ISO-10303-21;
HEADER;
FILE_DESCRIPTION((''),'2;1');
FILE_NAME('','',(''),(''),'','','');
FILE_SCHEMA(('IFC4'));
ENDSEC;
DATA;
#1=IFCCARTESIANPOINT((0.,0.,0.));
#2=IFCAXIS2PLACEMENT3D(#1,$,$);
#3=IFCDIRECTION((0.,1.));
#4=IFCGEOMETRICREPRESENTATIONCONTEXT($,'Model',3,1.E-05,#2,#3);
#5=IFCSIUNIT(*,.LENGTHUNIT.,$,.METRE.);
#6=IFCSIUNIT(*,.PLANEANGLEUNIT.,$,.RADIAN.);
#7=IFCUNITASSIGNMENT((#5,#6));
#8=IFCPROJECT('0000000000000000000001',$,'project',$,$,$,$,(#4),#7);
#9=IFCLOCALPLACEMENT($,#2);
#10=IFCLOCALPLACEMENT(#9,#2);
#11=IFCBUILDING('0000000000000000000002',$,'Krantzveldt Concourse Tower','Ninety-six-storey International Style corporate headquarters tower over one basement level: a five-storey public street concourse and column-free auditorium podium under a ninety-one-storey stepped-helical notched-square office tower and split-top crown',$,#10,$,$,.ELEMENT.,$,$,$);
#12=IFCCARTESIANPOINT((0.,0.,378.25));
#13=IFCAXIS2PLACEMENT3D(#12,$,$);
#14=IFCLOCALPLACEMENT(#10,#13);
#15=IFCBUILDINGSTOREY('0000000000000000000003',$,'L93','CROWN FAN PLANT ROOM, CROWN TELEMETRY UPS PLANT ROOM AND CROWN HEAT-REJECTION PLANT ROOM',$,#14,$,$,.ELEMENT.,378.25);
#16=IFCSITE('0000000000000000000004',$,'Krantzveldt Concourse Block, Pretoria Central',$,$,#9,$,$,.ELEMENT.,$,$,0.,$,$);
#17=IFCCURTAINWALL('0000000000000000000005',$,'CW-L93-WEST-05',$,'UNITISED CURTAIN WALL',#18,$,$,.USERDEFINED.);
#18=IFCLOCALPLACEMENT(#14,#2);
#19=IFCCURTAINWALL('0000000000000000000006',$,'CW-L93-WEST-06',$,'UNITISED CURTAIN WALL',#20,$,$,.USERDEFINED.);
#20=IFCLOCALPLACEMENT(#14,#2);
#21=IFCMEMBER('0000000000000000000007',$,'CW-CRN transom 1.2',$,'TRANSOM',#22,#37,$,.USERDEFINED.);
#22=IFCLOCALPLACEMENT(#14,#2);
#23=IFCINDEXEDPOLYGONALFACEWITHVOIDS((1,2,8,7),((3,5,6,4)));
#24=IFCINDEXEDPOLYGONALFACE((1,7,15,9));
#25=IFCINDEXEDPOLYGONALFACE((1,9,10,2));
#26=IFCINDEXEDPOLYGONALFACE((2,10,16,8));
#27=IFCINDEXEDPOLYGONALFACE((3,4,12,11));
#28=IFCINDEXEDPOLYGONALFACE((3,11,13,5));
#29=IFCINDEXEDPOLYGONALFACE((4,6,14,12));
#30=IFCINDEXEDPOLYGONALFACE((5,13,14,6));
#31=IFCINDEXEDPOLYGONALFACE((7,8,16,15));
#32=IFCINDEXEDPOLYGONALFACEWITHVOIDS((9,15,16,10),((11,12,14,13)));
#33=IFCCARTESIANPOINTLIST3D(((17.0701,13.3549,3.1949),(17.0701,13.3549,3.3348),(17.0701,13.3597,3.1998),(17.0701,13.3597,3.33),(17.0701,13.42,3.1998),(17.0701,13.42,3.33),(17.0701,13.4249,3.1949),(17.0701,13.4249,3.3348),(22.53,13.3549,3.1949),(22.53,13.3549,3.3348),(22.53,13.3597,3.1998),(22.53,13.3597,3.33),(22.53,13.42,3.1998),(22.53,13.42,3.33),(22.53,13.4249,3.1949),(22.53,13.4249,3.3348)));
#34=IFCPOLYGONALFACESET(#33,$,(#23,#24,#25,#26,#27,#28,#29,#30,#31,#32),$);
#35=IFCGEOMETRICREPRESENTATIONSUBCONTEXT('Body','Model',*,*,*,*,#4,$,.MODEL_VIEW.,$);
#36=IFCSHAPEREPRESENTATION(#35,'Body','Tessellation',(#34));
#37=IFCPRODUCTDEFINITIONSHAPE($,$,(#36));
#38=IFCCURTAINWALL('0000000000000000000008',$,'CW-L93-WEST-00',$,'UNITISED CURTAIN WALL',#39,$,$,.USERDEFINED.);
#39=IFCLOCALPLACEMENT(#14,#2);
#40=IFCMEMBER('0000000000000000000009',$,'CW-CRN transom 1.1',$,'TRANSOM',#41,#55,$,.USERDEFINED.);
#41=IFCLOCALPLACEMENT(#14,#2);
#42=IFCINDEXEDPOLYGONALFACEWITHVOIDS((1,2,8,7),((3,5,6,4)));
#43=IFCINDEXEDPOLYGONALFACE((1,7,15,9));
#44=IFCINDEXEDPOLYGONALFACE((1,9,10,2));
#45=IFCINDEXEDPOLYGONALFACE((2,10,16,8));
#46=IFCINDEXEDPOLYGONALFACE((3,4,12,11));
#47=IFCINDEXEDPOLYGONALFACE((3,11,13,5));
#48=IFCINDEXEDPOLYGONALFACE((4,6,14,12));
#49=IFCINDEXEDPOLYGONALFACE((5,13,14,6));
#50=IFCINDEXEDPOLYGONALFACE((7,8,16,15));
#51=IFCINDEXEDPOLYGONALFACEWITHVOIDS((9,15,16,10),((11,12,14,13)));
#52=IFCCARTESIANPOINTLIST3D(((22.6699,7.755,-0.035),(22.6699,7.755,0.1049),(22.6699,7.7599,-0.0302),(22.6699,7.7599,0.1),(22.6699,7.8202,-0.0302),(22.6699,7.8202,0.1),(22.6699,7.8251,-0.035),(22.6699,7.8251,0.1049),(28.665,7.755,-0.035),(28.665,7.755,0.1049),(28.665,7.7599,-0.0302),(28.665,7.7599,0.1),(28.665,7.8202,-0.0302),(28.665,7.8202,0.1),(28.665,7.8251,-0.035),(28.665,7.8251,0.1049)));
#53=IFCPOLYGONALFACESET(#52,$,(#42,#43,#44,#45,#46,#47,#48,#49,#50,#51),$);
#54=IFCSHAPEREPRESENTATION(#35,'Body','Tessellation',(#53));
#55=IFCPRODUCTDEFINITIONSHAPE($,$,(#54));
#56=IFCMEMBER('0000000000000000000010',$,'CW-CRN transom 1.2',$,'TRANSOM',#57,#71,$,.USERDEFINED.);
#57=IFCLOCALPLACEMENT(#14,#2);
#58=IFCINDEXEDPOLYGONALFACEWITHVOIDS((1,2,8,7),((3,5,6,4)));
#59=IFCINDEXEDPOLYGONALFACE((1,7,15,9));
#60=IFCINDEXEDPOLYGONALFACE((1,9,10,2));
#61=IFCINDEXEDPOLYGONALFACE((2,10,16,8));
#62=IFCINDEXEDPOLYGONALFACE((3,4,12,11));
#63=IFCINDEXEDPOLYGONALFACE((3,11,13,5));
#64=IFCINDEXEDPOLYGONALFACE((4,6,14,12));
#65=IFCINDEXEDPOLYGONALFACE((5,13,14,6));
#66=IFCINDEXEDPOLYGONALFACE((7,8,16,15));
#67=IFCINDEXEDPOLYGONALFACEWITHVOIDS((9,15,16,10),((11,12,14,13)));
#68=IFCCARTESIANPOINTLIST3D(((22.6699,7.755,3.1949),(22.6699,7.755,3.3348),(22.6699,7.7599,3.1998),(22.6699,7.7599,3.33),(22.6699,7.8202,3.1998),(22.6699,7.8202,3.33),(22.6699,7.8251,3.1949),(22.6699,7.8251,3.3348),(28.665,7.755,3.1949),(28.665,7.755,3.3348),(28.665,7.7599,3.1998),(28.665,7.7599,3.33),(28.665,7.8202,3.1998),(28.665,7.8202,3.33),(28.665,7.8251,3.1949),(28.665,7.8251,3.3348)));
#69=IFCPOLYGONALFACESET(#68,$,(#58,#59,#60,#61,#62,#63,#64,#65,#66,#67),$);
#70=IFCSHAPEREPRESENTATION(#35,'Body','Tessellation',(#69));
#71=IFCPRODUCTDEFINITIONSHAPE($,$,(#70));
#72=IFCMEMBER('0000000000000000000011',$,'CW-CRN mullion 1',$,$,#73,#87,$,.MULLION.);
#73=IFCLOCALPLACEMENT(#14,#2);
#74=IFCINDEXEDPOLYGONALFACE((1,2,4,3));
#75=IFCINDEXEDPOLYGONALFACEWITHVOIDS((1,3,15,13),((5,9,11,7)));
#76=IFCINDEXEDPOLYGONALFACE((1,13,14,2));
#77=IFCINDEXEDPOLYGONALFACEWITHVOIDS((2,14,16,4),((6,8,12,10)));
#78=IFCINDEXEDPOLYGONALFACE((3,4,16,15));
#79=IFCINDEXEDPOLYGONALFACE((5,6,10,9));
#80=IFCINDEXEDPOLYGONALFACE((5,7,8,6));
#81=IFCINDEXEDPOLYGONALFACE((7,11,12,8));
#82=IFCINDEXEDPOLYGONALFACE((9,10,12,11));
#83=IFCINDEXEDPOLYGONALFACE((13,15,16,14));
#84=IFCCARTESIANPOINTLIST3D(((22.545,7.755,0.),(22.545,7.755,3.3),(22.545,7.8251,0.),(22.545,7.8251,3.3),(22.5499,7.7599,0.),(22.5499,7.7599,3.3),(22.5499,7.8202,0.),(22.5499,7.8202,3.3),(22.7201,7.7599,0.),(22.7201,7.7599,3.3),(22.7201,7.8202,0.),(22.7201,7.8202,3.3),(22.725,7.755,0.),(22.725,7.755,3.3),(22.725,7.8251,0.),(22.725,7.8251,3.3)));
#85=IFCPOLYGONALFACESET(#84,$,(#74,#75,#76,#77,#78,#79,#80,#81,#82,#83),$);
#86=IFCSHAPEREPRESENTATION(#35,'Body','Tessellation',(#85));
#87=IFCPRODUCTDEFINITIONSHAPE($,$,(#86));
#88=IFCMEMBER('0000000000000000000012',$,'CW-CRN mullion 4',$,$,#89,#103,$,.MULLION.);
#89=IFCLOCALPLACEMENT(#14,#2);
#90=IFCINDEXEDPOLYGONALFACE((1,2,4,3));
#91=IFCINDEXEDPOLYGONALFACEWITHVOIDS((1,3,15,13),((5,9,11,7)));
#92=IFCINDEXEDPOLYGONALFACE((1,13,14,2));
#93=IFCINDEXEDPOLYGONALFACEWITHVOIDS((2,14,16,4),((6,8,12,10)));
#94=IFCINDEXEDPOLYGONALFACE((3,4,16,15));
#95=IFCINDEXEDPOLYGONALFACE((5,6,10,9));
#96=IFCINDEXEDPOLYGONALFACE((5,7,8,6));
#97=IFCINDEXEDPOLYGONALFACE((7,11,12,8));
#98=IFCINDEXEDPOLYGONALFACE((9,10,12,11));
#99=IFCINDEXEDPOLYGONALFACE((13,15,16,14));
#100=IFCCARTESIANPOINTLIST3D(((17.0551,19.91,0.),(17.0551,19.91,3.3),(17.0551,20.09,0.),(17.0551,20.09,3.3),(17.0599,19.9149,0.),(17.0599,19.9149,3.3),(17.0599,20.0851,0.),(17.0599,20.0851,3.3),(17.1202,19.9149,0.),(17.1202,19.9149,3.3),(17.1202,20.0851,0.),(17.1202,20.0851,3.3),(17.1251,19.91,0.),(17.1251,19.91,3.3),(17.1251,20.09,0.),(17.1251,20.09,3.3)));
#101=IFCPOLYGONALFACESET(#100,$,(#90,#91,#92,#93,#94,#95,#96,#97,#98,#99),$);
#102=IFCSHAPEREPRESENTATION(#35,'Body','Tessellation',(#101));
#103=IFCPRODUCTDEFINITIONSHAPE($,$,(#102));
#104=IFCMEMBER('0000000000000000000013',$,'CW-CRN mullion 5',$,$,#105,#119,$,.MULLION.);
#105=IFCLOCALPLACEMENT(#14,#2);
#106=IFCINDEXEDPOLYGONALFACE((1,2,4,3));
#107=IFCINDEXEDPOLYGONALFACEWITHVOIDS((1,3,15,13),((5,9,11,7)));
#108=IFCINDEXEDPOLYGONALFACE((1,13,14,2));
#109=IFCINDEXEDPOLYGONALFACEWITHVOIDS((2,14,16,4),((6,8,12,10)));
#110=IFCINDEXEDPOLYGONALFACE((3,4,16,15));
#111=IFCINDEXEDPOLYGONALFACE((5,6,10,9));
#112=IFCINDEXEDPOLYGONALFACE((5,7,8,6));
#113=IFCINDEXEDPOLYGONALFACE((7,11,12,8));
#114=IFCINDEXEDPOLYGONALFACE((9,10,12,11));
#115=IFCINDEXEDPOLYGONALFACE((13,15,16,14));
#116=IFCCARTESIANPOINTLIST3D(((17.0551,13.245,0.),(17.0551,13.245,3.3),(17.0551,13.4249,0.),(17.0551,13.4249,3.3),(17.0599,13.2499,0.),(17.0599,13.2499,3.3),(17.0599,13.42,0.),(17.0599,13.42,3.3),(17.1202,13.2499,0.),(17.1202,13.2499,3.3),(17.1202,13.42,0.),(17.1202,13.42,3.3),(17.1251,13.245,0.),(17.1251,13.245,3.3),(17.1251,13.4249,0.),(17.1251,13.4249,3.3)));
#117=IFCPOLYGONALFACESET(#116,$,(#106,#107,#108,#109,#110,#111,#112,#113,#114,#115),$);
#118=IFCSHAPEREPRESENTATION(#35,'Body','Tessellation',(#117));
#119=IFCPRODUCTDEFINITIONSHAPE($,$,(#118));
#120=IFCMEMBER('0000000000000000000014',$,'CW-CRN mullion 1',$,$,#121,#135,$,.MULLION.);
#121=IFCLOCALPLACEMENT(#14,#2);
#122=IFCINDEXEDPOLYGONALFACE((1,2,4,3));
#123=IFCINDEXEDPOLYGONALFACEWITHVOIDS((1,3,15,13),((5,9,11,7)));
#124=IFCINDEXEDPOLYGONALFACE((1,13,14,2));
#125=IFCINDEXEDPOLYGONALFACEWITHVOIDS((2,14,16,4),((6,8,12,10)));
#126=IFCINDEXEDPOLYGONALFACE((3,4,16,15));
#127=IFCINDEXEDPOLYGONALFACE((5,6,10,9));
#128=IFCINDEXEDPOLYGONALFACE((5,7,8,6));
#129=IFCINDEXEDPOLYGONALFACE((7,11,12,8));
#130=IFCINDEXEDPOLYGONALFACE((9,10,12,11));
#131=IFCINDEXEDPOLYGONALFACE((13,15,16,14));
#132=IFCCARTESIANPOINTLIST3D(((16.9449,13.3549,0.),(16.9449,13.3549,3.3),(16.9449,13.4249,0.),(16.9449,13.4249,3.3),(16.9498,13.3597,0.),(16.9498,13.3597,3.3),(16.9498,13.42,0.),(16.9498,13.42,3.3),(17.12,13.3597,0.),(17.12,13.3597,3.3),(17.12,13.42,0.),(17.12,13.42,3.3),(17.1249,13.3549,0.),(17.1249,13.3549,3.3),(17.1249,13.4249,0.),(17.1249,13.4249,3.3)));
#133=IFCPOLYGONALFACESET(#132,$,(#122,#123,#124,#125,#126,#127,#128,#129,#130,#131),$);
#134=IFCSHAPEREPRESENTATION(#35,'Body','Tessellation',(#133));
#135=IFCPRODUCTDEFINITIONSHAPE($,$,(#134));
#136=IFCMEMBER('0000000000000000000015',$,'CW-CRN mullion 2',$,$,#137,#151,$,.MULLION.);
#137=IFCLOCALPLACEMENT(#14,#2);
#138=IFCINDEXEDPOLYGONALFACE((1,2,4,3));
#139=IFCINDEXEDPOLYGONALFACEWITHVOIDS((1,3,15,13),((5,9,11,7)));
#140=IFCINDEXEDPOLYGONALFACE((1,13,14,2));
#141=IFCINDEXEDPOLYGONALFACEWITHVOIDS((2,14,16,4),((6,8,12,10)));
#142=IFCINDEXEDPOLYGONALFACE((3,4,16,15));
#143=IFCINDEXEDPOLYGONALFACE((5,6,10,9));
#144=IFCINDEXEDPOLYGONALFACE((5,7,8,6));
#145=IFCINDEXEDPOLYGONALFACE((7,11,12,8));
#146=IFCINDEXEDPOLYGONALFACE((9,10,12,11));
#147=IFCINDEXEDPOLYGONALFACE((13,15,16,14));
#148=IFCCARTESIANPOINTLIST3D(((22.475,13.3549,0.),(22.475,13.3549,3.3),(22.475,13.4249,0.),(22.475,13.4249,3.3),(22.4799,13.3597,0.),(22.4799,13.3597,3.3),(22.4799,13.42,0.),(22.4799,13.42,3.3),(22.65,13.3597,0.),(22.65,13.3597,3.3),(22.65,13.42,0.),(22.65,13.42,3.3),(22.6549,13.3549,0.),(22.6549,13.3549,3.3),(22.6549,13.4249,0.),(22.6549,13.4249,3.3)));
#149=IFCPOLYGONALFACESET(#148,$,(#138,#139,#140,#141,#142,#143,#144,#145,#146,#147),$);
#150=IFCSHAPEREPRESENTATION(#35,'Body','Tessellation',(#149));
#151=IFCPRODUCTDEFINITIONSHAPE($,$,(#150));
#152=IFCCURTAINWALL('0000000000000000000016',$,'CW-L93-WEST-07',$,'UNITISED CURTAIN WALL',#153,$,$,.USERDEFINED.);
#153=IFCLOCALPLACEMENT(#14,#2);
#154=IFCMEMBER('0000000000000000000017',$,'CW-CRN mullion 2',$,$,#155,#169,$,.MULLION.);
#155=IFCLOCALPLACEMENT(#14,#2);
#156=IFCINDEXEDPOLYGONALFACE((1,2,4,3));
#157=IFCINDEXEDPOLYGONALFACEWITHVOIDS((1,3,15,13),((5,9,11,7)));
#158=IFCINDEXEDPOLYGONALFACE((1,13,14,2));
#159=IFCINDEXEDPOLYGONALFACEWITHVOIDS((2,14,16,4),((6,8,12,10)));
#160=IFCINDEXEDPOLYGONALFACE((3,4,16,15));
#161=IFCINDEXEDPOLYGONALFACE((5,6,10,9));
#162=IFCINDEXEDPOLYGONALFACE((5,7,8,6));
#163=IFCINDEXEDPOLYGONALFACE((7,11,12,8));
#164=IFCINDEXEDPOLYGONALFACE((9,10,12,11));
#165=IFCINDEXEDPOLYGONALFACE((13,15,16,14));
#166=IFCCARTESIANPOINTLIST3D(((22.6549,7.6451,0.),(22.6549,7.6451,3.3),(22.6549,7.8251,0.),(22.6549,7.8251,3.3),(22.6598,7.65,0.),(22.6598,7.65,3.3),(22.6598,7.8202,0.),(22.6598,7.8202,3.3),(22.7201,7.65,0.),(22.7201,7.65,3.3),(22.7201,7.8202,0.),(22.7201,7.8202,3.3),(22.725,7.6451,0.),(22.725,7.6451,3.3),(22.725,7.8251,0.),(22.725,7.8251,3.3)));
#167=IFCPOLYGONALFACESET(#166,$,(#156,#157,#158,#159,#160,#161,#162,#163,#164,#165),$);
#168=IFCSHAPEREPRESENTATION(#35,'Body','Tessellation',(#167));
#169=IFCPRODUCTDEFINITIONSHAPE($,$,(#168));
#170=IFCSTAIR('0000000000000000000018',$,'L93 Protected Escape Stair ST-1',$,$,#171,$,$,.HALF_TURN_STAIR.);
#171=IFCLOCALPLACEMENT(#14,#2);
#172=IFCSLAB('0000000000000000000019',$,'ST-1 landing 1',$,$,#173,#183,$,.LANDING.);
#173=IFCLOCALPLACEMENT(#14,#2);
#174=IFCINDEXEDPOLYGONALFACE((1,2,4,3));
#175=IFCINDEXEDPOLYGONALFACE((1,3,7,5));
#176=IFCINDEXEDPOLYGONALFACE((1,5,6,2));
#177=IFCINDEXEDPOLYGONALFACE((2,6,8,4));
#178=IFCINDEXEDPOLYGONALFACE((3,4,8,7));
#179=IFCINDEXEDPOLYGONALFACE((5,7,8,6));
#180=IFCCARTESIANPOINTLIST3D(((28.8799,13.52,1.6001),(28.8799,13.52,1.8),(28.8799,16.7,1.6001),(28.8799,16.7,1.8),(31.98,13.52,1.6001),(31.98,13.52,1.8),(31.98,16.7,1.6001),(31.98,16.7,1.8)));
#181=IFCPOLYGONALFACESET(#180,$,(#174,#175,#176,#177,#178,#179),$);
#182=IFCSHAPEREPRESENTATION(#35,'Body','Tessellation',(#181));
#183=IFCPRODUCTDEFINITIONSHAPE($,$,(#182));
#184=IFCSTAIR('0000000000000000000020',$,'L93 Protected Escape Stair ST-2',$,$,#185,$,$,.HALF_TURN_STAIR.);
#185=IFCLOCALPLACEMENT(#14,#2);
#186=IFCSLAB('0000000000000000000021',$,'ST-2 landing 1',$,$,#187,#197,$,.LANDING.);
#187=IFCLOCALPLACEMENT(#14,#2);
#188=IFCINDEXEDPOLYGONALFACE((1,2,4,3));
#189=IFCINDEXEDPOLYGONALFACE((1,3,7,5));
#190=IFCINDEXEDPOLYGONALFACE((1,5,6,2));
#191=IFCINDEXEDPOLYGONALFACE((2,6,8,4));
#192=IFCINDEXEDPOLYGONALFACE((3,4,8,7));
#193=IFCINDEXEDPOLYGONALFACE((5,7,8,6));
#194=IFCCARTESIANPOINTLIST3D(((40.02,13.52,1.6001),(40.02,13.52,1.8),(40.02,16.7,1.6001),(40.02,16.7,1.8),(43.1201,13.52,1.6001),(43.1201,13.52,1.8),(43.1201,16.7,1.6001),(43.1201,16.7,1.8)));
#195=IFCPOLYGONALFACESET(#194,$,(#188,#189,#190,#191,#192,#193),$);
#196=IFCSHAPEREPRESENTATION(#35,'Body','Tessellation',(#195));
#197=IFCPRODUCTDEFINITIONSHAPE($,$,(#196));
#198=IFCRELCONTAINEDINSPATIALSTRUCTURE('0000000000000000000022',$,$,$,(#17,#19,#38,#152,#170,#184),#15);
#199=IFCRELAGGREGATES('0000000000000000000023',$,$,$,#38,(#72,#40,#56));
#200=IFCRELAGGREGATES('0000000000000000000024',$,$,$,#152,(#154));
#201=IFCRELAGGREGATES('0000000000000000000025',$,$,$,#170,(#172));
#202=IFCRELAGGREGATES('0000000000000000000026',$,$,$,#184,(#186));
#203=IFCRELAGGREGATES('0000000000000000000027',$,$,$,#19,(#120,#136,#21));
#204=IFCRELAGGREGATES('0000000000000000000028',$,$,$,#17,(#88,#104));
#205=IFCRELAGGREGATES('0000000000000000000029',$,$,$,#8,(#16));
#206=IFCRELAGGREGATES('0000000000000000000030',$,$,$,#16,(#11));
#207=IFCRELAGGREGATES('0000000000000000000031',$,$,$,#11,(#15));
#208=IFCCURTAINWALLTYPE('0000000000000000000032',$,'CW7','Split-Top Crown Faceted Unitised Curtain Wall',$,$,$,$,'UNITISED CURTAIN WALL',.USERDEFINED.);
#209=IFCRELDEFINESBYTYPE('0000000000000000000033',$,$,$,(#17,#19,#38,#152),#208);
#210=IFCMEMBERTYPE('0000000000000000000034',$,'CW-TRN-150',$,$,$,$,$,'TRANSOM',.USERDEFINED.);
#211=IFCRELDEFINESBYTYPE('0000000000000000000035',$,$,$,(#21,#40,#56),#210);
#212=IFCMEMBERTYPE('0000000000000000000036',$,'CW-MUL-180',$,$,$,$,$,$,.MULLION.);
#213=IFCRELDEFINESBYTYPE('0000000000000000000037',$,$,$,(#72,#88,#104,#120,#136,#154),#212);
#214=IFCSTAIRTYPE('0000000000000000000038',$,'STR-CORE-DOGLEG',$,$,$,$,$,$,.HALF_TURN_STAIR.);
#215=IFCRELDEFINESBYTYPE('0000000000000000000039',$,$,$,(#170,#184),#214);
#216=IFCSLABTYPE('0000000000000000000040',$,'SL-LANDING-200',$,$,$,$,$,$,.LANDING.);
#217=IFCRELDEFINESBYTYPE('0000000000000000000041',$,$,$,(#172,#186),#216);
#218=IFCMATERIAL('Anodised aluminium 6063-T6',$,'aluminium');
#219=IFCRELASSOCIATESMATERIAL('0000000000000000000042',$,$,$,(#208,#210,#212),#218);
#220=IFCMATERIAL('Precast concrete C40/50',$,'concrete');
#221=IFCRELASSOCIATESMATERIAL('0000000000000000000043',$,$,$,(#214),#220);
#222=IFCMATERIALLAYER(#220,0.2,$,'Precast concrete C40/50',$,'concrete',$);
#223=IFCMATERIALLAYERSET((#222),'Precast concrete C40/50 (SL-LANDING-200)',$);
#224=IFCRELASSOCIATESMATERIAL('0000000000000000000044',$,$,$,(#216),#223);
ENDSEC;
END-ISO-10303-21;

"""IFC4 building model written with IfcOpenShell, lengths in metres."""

from ifc_helpers import new_model, si_unit, direction, frame, origin, origin_2d, place, context, subcontext, project, spatial, polyline, hollow_rectangle, outline, extrude, source, transform, mapped, material, layer, layer_set, material_profile, profile_set, type_object, type_shapes, element, aggregate, save


model = new_model("IFC4")

# Units and contexts
model_context = context("Model", 3, precision=1e-05, world=origin(), true_north=direction((0.0, 1.0)))
body_context = subcontext(model_context, "Body", "Model", "MODEL_VIEW")
ifc_project = project(units=[si_unit("LENGTHUNIT", "METRE"), si_unit("PLANEANGLEUNIT", "RADIAN")], contexts=[model_context])

# Site, building, storey
site_placement = place(None, origin())
site = spatial("IfcSite", under=ifc_project, at=site_placement, Name="Krantzveldt Concourse Block, Pretoria Central", CompositionType="ELEMENT", RefElevation=0.0)
building_placement = place(site_placement, origin())
building = spatial("IfcBuilding", under=site, at=building_placement, Name="Krantzveldt Concourse Tower", Description="Ninety-six-storey International Style corporate headquarters tower over one basement level: a five-storey public street concourse and column-free auditorium podium under a ninety-one-storey stepped-helical notched-square office tower and split-top crown", CompositionType="ELEMENT")
storey_placement = place(building_placement, frame((0.0, 0.0, 378.25)))
storey = spatial("IfcBuildingStorey", under=building, at=storey_placement, Name="L93", Description="CROWN FAN PLANT ROOM, CROWN TELEMETRY UPS PLANT ROOM AND CROWN HEAT-REJECTION PLANT ROOM", CompositionType="ELEMENT", Elevation=378.25)

# Curtain walls, members
ifc_material_1 = material(Name="Anodised aluminium 6063-T6", Category="aluminium")
curtain_wall_type = type_object("IfcCurtainWallType", Name="CW7", Description="Split-Top Crown Faceted Unitised Curtain Wall", ElementType="UNITISED CURTAIN WALL", PredefinedType="USERDEFINED", material=ifc_material_1)
curtain_wall_1_placement = place(storey_placement, origin())
curtain_wall_1 = element("IfcCurtainWall", 1, at=curtain_wall_1_placement, inside=storey, type_object=curtain_wall_type, Name="CW-L93-WEST-05", ObjectType="UNITISED CURTAIN WALL", PredefinedType="USERDEFINED")
ifc_material_profile_1 = material_profile(ifc_material_1, hollow_rectangle(XDim=0.0701, YDim=0.1399, WallThickness=0.0049, at=origin_2d()), Name="Anodised aluminium 6063-T6", Category="aluminium")
ifc_profile_set_1 = profile_set([ifc_material_profile_1], Name="Anodised aluminium 6063-T6 - ALU-TRAN 140x70x5")
member_type_1 = type_object("IfcMemberType", Name="CW-TRN-150", ElementType="TRANSOM", PredefinedType="USERDEFINED", material=ifc_profile_set_1)
curtain_wall_2_placement = place(storey_placement, origin())
curtain_wall_2 = element("IfcCurtainWall", 2, at=curtain_wall_2_placement, inside=storey, type_object=curtain_wall_type, Name="CW-L93-WEST-06", ObjectType="UNITISED CURTAIN WALL", PredefinedType="USERDEFINED")
shared_shape_1 = source(origin(), body_context, "Body", "SweptSolid", [
    extrude(hollow_rectangle(XDim=0.0701, YDim=0.1399, WallThickness=0.0049, at=origin_2d()), origin(), (0.0, 0.0, 1.0), 5.46),
])
member_1_placement = place(storey_placement, frame((17.0701, 13.3899, 3.2649), z_axis=(1.0, 0.0, 0.0), x_axis=(0.0, 1.0, 0.0)))
member_1 = element("IfcMember", 3, at=member_1_placement, type_object=member_type_1, Name="CW-CRN transom 1.2", ObjectType="TRANSOM", PredefinedType="USERDEFINED", context=body_context, shape_type="MappedRepresentation", body=[
    mapped(shared_shape_1, transform((0.0, 0.0, 0.0), x_axis=(1.0, 0.0, 0.0), y_axis=(0.0, 1.0, 0.0), z_axis=(0.0, 0.0, 1.0), scale=1.0)),
])
curtain_wall_3_placement = place(storey_placement, origin())
curtain_wall_3 = element("IfcCurtainWall", 4, at=curtain_wall_3_placement, inside=storey, type_object=curtain_wall_type, Name="CW-L93-WEST-00", ObjectType="UNITISED CURTAIN WALL", PredefinedType="USERDEFINED")
shared_shape_2 = source(origin(), body_context, "Body", "SweptSolid", [
    extrude(hollow_rectangle(XDim=0.0701, YDim=0.1399, WallThickness=0.0049, at=origin_2d()), origin(), (0.0, 0.0, 1.0), 5.9951),
])
member_2_placement = place(storey_placement, frame((22.6699, 7.79, 0.0349), z_axis=(1.0, 0.0, 0.0), x_axis=(0.0, 1.0, 0.0)))
member_2 = element("IfcMember", 5, at=member_2_placement, type_object=member_type_1, Name="CW-CRN transom 1.1", ObjectType="TRANSOM", PredefinedType="USERDEFINED", context=body_context, shape_type="MappedRepresentation", body=[
    mapped(shared_shape_2, transform((0.0, 0.0, 0.0), x_axis=(1.0, 0.0, 0.0), y_axis=(0.0, 1.0, 0.0), z_axis=(0.0, 0.0, 1.0), scale=1.0)),
])
member_3_placement = place(storey_placement, frame((22.6699, 7.79, 3.2649), z_axis=(1.0, 0.0, 0.0), x_axis=(0.0, 1.0, 0.0)))
member_3 = element("IfcMember", 6, at=member_3_placement, type_object=member_type_1, Name="CW-CRN transom 1.2", ObjectType="TRANSOM", PredefinedType="USERDEFINED", context=body_context, shape_type="MappedRepresentation", body=[
    mapped(shared_shape_2, transform((0.0, 0.0, 0.0), x_axis=(1.0, 0.0, 0.0), y_axis=(0.0, 1.0, 0.0), z_axis=(0.0, 0.0, 1.0), scale=1.0)),
])
ifc_material_profile_2 = material_profile(ifc_material_1, hollow_rectangle(XDim=0.0701, YDim=0.1799, WallThickness=0.0049, at=origin_2d()), Name="Anodised aluminium 6063-T6", Category="aluminium")
ifc_profile_set_2 = profile_set([ifc_material_profile_2], Name="Anodised aluminium 6063-T6 - ALU-MULL 180x70x5")
member_type_2 = type_object("IfcMemberType", Name="CW-MUL-180", PredefinedType="MULLION", material=ifc_profile_set_2)
shared_shape_3 = source(origin(), body_context, "Body", "SweptSolid", [
    extrude(hollow_rectangle(XDim=0.0701, YDim=0.1799, WallThickness=0.0049, at=origin_2d()), origin(), (0.0, 0.0, 1.0), 3.3),
])
type_shapes(member_type_2, [shared_shape_3])
member_4_placement = place(storey_placement, frame((22.635, 7.79, 0.0), z_axis=(0.0, 0.0, 1.0), x_axis=(0.0, 1.0, 0.0)))
member_4 = element("IfcMember", 7, at=member_4_placement, type_object=member_type_2, Name="CW-CRN mullion 1", PredefinedType="MULLION", context=body_context, shape_type="MappedRepresentation", body=[
    mapped(shared_shape_3, transform((0.0, 0.0, 0.0), x_axis=(1.0, 0.0, 0.0), y_axis=(0.0, 1.0, 0.0), z_axis=(0.0, 0.0, 1.0), scale=1.0)),
])
aggregate(curtain_wall_3, [member_4, member_2, member_3])

# Members
member_5_placement = place(storey_placement, frame((17.0901, 20.0, 0.0), z_axis=(0.0, 0.0, 1.0), x_axis=(1.0, 0.0, 0.0)))
member_5 = element("IfcMember", 8, at=member_5_placement, type_object=member_type_2, Name="CW-CRN mullion 4", PredefinedType="MULLION", context=body_context, shape_type="MappedRepresentation", body=[
    mapped(shared_shape_3, transform((0.0, 0.0, 0.0), x_axis=(1.0, 0.0, 0.0), y_axis=(0.0, 1.0, 0.0), z_axis=(0.0, 0.0, 1.0), scale=1.0)),
])
member_6_placement = place(storey_placement, frame((17.0901, 13.335, 0.0), z_axis=(0.0, 0.0, 1.0), x_axis=(1.0, 0.0, 0.0)))
member_6 = element("IfcMember", 9, at=member_6_placement, type_object=member_type_2, Name="CW-CRN mullion 5", PredefinedType="MULLION", context=body_context, shape_type="MappedRepresentation", body=[
    mapped(shared_shape_3, transform((0.0, 0.0, 0.0), x_axis=(1.0, 0.0, 0.0), y_axis=(0.0, 1.0, 0.0), z_axis=(0.0, 0.0, 1.0), scale=1.0)),
])
member_7_placement = place(storey_placement, frame((17.0349, 13.3899, 0.0), z_axis=(0.0, 0.0, 1.0), x_axis=(0.0, 1.0, 0.0)))
member_7 = element("IfcMember", 10, at=member_7_placement, type_object=member_type_2, Name="CW-CRN mullion 1", PredefinedType="MULLION", context=body_context, shape_type="MappedRepresentation", body=[
    mapped(shared_shape_3, transform((0.0, 0.0, 0.0), x_axis=(1.0, 0.0, 0.0), y_axis=(0.0, 1.0, 0.0), z_axis=(0.0, 0.0, 1.0), scale=1.0)),
])
member_8_placement = place(storey_placement, frame((22.5649, 13.3899, 0.0), z_axis=(0.0, 0.0, 1.0), x_axis=(0.0, 1.0, 0.0)))
member_8 = element("IfcMember", 11, at=member_8_placement, type_object=member_type_2, Name="CW-CRN mullion 2", PredefinedType="MULLION", context=body_context, shape_type="MappedRepresentation", body=[
    mapped(shared_shape_3, transform((0.0, 0.0, 0.0), x_axis=(1.0, 0.0, 0.0), y_axis=(0.0, 1.0, 0.0), z_axis=(0.0, 0.0, 1.0), scale=1.0)),
])

# Curtain wall, member
curtain_wall_4_placement = place(storey_placement, origin())
curtain_wall_4 = element("IfcCurtainWall", 12, at=curtain_wall_4_placement, inside=storey, type_object=curtain_wall_type, Name="CW-L93-WEST-07", ObjectType="UNITISED CURTAIN WALL", PredefinedType="USERDEFINED")
member_9_placement = place(storey_placement, frame((22.6899, 7.7351, 0.0), z_axis=(0.0, 0.0, 1.0), x_axis=(1.0, 0.0, 0.0)))
member_9 = element("IfcMember", 13, at=member_9_placement, type_object=member_type_2, Name="CW-CRN mullion 2", PredefinedType="MULLION", context=body_context, shape_type="MappedRepresentation", body=[
    mapped(shared_shape_3, transform((0.0, 0.0, 0.0), x_axis=(1.0, 0.0, 0.0), y_axis=(0.0, 1.0, 0.0), z_axis=(0.0, 0.0, 1.0), scale=1.0)),
])
aggregate(curtain_wall_4, [member_9])

# Stairs, slabs
ifc_material_2 = material(Name="Precast concrete C40/50", Category="concrete")
stair_type = type_object("IfcStairType", Name="STR-CORE-DOGLEG", PredefinedType="HALF_TURN_STAIR", material=ifc_material_2)
stair_1_placement = place(storey_placement, origin())
stair_1 = element("IfcStair", 14, at=stair_1_placement, inside=storey, type_object=stair_type, Name="L93 Protected Escape Stair ST-1", PredefinedType="HALF_TURN_STAIR")
ifc_layer_1 = layer(ifc_material_2, 0.2, Name="Precast concrete C40/50", Category="concrete")
ifc_layer_set_1 = layer_set([ifc_layer_1], Name="Precast concrete C40/50 (SL-LANDING-200)")
slab_type_1 = type_object("IfcSlabType", Name="SL-LANDING-200", PredefinedType="LANDING", material=ifc_layer_set_1)
slab_1_placement = place(storey_placement, frame((0.0, 0.0, 1.6001)))
slab_1 = element("IfcSlab", 15, at=slab_1_placement, type_object=slab_type_1, Name="ST-1 landing 1", PredefinedType="LANDING", context=body_context, shape_type="SweptSolid", body=[
    extrude(outline(polyline([(28.8799, 16.7), (28.8799, 13.52), (31.98, 13.52), (31.98, 16.7), (28.8799, 16.7)])), origin(), (0.0, 0.0, 1.0), 0.2),
])
aggregate(stair_1, [slab_1])
stair_2_placement = place(storey_placement, origin())
stair_2 = element("IfcStair", 16, at=stair_2_placement, inside=storey, type_object=stair_type, Name="L93 Protected Escape Stair ST-2", PredefinedType="HALF_TURN_STAIR")
slab_2_placement = place(storey_placement, frame((0.0, 0.0, 1.6001)))
slab_2 = element("IfcSlab", 17, at=slab_2_placement, type_object=slab_type_1, Name="ST-2 landing 1", PredefinedType="LANDING", context=body_context, shape_type="SweptSolid", body=[
    extrude(outline(polyline([(40.02, 16.7), (40.02, 13.52), (43.1201, 13.52), (43.1201, 16.7), (40.02, 16.7)])), origin(), (0.0, 0.0, 1.0), 0.2),
])
aggregate(stair_2, [slab_2])

aggregate(curtain_wall_2, [member_7, member_8, member_1])
aggregate(curtain_wall_1, [member_5, member_6])

save(model, "model.ifc")
